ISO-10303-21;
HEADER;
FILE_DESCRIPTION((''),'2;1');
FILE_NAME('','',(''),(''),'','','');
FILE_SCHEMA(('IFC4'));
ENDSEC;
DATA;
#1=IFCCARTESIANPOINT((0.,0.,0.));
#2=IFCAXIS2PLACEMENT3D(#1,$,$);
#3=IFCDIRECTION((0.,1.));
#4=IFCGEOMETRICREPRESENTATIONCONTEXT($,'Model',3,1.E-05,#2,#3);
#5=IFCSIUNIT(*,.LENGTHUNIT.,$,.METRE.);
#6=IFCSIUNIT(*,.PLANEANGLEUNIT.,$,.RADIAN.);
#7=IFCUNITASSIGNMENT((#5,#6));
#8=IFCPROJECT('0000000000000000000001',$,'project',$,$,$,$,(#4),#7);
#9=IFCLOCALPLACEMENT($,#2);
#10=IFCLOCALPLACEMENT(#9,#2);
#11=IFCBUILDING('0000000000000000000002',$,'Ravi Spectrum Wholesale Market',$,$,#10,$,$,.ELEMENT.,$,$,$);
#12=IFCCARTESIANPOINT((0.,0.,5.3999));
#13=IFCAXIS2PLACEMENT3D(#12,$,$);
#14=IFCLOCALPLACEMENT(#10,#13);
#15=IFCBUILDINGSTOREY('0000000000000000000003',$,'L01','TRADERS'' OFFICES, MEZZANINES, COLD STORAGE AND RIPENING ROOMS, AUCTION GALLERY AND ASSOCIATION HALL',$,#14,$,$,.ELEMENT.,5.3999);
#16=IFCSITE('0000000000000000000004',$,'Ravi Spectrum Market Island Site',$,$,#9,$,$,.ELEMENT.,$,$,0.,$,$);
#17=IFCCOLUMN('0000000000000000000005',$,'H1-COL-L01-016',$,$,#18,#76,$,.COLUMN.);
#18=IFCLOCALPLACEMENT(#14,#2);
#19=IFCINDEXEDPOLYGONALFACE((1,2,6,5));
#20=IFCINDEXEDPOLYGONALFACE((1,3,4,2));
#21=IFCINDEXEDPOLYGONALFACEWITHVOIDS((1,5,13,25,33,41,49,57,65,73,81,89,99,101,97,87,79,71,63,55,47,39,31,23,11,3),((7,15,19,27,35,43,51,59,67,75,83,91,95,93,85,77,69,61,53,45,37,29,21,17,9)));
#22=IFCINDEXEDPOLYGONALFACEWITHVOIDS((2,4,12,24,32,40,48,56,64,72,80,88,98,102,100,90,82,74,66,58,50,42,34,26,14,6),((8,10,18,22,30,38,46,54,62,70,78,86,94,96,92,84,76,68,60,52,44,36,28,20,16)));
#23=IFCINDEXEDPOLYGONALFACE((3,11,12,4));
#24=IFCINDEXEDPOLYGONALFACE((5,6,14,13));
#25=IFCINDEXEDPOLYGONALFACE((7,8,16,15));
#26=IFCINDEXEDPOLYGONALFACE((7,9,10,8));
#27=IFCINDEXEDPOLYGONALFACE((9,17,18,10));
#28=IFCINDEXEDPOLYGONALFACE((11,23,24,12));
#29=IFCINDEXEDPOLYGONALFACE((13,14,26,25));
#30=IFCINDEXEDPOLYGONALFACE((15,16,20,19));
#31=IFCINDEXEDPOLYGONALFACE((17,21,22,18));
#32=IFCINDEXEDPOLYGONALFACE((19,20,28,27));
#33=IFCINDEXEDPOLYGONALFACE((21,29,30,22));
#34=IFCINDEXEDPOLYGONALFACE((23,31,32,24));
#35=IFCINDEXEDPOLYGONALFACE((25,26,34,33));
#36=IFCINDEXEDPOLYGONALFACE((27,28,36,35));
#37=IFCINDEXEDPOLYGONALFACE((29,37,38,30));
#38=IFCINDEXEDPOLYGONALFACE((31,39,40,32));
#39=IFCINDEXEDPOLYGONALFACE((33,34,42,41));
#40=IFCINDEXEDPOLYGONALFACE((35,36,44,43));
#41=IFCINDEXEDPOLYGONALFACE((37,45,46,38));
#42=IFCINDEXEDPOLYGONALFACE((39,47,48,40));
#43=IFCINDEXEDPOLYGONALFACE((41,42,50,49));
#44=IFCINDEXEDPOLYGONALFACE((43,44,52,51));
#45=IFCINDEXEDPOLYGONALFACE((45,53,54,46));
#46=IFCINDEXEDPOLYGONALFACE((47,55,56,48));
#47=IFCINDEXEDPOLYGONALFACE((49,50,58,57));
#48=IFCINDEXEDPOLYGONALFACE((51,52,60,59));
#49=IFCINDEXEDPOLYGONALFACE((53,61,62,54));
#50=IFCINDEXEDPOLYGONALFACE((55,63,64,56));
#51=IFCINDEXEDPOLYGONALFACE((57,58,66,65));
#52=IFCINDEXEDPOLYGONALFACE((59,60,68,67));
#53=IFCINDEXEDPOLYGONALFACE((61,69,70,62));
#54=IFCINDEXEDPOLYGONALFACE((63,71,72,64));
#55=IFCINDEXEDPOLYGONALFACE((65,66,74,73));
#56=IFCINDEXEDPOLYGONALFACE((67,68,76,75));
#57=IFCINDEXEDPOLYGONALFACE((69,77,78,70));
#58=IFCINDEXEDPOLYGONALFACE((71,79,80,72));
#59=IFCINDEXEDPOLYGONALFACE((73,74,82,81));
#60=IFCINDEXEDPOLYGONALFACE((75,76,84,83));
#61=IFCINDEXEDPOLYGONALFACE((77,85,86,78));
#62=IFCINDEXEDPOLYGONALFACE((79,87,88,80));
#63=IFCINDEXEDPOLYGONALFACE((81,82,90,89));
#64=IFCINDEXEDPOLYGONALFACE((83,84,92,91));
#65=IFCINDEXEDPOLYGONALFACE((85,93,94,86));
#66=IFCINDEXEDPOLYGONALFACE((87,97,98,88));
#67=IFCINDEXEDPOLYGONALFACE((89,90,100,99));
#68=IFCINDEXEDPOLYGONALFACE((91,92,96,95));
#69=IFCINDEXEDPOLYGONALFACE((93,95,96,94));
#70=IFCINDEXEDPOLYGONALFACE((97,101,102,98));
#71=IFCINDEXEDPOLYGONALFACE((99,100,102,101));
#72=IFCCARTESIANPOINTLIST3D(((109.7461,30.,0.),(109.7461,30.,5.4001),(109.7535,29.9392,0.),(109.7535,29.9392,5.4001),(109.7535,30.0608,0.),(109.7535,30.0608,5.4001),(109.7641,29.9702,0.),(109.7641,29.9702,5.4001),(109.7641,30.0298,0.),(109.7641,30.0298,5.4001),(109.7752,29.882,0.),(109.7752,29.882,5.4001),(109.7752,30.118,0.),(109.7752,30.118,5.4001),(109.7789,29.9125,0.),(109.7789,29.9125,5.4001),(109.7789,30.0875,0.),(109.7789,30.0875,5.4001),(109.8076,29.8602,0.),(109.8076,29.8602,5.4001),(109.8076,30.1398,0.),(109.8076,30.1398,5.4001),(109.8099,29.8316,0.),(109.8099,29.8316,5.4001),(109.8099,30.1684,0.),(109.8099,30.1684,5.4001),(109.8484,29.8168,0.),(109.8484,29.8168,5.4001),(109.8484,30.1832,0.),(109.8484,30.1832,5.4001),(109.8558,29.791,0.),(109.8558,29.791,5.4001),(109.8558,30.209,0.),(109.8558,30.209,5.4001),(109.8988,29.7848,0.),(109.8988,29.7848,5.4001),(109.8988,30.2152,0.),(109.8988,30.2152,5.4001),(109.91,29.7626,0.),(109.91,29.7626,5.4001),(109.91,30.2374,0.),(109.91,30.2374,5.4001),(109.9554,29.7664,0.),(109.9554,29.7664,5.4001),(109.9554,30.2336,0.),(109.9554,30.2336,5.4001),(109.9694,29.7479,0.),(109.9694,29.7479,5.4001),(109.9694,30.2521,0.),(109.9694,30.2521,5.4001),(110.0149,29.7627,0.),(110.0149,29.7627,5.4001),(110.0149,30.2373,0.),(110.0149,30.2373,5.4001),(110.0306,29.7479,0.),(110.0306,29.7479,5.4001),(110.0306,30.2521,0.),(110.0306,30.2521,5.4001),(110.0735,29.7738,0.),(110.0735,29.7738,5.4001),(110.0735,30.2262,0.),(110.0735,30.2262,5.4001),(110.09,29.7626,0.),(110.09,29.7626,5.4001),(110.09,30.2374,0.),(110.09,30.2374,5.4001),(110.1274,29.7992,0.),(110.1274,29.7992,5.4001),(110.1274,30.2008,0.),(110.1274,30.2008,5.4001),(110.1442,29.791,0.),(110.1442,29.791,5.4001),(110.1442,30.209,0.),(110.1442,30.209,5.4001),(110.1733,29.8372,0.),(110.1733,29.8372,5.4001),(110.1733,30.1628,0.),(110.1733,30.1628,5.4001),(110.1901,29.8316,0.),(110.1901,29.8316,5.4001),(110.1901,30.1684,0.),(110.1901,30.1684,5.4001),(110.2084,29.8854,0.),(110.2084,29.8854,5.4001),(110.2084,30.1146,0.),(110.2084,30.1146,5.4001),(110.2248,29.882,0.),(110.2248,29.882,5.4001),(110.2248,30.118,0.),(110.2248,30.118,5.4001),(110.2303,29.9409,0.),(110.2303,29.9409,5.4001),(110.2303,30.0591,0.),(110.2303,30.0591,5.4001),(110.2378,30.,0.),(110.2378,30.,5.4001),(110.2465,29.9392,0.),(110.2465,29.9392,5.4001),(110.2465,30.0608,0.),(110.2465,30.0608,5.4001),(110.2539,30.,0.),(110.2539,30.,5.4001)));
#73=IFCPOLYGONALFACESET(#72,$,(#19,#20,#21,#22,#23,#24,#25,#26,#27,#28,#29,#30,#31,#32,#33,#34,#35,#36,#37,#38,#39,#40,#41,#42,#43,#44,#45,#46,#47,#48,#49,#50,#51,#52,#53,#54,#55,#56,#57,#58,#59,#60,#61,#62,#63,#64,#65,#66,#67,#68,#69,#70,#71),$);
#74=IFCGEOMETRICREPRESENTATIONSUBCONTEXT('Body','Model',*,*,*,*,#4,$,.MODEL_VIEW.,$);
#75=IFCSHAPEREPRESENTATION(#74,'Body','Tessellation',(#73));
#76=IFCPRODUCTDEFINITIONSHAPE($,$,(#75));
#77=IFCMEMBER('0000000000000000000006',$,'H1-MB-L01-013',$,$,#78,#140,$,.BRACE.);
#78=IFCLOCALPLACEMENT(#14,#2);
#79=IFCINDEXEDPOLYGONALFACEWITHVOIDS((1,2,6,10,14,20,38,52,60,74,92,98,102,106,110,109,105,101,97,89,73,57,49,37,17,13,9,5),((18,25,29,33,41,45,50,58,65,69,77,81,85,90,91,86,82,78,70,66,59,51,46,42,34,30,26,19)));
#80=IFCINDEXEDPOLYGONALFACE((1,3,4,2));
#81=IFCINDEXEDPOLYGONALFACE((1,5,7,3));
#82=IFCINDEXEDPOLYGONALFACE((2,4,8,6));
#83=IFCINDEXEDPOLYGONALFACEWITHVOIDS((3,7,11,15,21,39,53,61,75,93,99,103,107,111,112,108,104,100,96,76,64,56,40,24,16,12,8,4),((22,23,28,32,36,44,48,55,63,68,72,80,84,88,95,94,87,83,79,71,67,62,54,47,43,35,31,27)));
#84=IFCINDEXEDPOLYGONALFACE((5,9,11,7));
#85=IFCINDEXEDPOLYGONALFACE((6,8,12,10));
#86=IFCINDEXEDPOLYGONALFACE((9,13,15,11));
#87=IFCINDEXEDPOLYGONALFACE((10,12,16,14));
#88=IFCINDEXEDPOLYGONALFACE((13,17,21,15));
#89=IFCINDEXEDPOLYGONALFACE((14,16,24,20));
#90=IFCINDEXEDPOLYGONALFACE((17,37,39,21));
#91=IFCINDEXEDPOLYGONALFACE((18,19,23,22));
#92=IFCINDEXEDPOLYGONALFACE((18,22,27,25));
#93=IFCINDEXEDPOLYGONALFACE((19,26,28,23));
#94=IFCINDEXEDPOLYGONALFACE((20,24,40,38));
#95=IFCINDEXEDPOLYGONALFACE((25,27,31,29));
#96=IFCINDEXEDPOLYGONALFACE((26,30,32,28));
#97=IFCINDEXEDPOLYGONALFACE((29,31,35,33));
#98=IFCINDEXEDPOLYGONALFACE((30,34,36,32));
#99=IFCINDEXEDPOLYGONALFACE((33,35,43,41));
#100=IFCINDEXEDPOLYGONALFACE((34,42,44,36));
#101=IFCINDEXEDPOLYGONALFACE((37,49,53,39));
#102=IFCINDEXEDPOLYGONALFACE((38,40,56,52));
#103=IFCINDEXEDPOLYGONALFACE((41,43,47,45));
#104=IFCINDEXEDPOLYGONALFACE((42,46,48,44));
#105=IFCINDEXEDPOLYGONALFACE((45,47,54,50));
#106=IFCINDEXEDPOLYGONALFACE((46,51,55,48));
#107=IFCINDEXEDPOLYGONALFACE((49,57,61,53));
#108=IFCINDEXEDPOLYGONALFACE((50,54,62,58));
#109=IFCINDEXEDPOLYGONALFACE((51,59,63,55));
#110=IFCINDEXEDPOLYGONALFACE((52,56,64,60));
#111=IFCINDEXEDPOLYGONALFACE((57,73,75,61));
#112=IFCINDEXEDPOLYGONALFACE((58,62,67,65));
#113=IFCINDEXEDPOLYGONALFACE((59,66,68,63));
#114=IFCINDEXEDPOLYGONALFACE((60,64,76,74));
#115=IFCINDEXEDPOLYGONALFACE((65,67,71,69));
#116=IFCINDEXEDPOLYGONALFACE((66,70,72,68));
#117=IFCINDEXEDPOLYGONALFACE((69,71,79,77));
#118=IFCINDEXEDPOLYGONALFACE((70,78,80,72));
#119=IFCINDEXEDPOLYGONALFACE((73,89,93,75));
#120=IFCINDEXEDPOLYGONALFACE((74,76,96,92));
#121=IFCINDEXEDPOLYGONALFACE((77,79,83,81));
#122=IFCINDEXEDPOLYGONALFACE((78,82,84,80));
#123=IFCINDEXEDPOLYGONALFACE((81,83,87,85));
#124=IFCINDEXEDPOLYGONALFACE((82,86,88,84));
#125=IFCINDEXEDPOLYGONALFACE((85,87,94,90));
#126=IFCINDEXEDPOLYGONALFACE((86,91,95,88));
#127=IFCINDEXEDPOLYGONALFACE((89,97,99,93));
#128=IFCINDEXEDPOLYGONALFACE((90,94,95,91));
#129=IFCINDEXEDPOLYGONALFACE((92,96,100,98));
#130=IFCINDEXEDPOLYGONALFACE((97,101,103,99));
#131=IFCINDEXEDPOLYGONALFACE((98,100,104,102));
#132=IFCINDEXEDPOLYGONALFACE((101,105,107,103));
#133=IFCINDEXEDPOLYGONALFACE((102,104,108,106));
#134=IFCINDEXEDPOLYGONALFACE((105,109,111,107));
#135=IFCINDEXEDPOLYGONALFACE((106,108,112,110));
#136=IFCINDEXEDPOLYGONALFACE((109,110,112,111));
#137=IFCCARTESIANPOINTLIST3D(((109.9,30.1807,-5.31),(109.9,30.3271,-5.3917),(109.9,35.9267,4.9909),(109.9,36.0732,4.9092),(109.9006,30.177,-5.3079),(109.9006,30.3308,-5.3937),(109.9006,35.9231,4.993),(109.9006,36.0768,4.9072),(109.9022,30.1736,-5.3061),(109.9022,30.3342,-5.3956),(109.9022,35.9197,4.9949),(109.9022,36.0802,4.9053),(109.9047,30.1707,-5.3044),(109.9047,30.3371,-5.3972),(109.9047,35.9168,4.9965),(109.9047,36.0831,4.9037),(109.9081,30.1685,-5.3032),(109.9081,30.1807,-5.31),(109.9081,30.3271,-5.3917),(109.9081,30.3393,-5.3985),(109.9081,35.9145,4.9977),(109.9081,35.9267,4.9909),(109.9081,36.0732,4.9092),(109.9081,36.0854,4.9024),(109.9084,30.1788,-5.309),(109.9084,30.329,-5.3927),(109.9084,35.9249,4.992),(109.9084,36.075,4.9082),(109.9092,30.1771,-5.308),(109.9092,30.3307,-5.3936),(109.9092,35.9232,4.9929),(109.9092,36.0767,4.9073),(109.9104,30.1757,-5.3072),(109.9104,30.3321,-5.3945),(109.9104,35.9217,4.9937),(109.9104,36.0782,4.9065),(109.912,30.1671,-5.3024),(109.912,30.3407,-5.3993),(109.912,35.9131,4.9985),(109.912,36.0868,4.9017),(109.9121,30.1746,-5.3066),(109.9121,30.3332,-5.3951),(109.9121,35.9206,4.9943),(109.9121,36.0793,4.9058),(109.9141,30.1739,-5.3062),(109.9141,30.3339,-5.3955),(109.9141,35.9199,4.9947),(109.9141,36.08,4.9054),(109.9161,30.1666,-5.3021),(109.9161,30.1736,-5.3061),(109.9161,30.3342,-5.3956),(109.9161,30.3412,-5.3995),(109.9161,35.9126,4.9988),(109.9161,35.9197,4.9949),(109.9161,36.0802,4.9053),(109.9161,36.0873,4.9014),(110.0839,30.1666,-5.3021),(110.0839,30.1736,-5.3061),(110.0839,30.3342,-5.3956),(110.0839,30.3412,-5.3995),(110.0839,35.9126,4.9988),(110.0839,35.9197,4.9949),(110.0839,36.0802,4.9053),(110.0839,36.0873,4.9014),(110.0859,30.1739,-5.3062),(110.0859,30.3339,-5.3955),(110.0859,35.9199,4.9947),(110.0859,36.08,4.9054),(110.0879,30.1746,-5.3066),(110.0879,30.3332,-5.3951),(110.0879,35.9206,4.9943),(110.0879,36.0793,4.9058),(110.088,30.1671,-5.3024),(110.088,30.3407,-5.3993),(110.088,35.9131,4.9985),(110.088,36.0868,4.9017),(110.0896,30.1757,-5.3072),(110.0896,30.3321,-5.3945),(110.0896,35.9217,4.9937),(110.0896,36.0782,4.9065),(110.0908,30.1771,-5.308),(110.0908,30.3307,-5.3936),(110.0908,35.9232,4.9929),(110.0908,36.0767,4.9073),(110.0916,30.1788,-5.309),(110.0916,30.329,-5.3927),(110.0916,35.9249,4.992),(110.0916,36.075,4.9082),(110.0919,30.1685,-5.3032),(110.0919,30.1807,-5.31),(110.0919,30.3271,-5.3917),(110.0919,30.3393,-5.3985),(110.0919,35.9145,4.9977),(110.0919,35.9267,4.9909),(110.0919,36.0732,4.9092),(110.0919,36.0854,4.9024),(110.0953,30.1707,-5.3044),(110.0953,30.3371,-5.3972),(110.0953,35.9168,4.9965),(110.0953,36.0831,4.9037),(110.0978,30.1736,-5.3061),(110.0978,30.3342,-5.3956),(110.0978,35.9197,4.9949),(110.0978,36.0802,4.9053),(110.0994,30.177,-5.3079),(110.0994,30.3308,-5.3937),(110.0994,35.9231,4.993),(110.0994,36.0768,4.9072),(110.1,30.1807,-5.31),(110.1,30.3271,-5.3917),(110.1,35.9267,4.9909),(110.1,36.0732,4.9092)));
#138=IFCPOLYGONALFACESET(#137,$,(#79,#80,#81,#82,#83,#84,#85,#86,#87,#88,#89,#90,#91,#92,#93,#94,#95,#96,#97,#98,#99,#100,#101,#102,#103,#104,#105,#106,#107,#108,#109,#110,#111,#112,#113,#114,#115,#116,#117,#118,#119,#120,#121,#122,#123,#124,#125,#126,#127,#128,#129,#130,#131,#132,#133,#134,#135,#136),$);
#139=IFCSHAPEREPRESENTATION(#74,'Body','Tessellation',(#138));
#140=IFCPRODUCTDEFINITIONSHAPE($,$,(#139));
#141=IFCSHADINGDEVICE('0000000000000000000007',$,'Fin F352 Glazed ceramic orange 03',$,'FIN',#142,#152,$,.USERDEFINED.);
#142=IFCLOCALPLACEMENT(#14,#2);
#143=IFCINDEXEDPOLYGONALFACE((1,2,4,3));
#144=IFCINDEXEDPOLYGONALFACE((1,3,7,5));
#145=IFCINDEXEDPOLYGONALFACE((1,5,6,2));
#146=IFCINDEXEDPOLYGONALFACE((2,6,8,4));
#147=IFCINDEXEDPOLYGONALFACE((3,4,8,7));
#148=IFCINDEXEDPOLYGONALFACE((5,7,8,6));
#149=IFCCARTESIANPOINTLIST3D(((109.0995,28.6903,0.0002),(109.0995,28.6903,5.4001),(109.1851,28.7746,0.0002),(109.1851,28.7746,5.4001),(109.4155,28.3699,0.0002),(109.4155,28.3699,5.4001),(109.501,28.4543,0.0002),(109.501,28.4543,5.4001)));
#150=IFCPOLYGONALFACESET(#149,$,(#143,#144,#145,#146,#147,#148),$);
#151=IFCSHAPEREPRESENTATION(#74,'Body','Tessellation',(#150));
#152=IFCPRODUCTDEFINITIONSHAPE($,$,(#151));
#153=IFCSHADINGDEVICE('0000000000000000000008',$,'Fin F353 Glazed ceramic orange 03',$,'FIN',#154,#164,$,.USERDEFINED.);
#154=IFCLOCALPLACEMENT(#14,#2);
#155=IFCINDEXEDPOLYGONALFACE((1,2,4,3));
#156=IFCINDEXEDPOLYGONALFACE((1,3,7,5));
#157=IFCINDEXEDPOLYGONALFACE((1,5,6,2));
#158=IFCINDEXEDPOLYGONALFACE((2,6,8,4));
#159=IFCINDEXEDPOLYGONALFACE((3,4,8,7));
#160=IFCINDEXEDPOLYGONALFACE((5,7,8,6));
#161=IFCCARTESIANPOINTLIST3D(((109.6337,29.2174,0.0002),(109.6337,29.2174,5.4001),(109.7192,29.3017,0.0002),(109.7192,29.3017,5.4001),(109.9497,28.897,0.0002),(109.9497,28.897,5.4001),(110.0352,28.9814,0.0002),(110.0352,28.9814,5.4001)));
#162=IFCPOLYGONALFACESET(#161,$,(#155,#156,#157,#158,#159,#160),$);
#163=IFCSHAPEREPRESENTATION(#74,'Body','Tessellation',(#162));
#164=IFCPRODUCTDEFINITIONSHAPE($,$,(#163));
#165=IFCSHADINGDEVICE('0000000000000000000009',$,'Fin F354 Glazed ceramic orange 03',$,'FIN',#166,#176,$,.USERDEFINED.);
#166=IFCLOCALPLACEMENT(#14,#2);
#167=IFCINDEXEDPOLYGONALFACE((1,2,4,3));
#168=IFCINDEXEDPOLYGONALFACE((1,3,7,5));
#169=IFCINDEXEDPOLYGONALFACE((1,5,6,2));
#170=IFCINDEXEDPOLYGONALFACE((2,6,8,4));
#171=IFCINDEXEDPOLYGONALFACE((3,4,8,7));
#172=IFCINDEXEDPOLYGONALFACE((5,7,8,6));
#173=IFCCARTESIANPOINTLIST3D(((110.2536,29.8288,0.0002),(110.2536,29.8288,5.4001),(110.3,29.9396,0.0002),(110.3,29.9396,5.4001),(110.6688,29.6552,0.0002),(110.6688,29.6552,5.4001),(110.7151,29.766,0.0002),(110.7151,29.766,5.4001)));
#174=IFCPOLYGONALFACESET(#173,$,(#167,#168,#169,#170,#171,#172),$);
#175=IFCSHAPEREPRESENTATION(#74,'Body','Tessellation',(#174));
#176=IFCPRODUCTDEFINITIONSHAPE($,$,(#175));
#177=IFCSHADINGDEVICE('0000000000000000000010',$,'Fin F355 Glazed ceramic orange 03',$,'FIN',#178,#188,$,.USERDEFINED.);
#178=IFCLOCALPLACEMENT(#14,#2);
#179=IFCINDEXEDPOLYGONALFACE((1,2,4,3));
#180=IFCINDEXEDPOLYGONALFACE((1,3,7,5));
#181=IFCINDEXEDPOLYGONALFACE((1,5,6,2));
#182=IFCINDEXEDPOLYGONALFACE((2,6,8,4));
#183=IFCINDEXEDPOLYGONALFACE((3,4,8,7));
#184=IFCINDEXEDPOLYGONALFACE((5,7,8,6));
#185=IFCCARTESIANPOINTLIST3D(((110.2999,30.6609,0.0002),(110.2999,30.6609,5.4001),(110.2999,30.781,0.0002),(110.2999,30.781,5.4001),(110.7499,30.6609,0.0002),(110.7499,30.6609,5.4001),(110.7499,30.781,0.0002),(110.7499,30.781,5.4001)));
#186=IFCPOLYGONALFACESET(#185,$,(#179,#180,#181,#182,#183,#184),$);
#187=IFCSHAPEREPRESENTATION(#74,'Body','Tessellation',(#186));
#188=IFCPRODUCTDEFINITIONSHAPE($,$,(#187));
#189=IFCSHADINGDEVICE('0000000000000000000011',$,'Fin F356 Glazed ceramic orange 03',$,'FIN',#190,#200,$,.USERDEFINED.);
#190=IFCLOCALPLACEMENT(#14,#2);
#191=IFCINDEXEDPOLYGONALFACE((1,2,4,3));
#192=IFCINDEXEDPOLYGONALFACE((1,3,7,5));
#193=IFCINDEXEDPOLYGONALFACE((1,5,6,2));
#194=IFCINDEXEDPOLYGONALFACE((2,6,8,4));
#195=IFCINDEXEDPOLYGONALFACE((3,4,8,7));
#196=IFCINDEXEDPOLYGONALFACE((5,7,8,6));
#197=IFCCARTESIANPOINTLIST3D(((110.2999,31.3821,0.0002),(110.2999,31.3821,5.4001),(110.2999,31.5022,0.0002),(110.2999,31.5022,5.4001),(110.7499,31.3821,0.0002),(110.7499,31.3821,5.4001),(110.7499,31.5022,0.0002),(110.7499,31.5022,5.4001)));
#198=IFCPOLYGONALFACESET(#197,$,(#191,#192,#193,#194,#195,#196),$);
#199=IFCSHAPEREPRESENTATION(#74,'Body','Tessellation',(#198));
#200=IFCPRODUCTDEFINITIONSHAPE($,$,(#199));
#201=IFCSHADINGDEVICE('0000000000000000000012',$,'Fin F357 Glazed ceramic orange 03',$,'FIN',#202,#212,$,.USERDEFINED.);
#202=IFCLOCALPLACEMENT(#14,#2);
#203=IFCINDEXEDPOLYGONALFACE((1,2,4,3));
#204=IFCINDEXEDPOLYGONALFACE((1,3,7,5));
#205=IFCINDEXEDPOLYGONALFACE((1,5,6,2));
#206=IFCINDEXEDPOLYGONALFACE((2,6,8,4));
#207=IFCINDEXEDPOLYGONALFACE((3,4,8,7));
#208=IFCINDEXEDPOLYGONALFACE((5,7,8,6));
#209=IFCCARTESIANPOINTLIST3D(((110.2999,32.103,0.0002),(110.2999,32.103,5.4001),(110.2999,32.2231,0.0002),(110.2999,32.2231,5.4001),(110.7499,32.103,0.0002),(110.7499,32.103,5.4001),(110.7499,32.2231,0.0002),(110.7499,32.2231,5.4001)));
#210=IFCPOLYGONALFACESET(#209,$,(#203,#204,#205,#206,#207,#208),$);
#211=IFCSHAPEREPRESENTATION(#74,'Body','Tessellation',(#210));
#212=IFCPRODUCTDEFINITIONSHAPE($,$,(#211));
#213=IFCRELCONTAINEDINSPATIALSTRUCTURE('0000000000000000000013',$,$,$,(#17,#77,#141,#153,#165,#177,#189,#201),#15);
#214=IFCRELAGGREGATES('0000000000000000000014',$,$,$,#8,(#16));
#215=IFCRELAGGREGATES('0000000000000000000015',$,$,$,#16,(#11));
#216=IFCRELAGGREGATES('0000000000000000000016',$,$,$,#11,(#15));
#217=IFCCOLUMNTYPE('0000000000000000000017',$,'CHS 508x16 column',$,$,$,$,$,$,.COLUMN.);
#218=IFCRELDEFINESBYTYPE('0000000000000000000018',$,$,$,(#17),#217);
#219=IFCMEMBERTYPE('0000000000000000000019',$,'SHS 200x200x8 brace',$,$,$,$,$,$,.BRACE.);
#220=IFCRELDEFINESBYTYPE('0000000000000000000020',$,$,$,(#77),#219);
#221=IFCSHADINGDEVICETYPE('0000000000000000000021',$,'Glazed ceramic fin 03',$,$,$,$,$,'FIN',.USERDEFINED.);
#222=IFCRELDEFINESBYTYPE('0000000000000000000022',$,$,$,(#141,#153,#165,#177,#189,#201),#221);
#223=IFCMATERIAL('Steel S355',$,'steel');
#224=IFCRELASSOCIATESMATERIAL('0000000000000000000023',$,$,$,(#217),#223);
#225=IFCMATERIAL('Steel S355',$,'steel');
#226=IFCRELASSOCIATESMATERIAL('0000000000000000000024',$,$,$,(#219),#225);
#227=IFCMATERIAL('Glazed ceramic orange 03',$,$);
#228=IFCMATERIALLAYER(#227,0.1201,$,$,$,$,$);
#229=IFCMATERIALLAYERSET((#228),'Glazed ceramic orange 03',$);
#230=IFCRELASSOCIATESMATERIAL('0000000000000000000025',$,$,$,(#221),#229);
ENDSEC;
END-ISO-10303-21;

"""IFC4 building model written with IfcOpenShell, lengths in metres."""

from ifc_helpers import new_model, si_unit, direction, frame, origin, origin_2d, place, context, subcontext, project, spatial, rectangle, hollow_rectangle, hollow_circle, extrude, material, layer, layer_set, material_profile, profile_set, type_object, element, save


model = new_model("IFC4")

# Units and contexts
model_context = context("Model", 3, precision=1e-05, world=origin(), true_north=direction((0.0, 1.0)))
body_context = subcontext(model_context, "Body", "Model", "MODEL_VIEW")
ifc_project = project(units=[si_unit("LENGTHUNIT", "METRE"), si_unit("PLANEANGLEUNIT", "RADIAN")], contexts=[model_context])

# Site, building, storey
site_placement = place(None, origin())
site = spatial("IfcSite", under=ifc_project, at=site_placement, Name="Ravi Spectrum Market Island Site", CompositionType="ELEMENT", RefElevation=0.0)
building_placement = place(site_placement, origin())
building = spatial("IfcBuilding", under=site, at=building_placement, Name="Ravi Spectrum Wholesale Market", CompositionType="ELEMENT")
storey_placement = place(building_placement, frame((0.0, 0.0, 5.3999)))
storey = spatial("IfcBuildingStorey", under=building, at=storey_placement, Name="L01", Description="TRADERS' OFFICES, MEZZANINES, COLD STORAGE AND RIPENING ROOMS, AUCTION GALLERY AND ASSOCIATION HALL", CompositionType="ELEMENT", Elevation=5.3999)

# Column
ifc_material_1 = material(Name="Steel S355", Category="steel")
ifc_material_profile_1 = material_profile(ifc_material_1, hollow_circle(Radius=0.2539, WallThickness=0.0161, at=origin_2d()))
ifc_profile_set_1 = profile_set([ifc_material_profile_1], Name="Steel S355")
column_type = type_object("IfcColumnType", Name="CHS 508x16 column", PredefinedType="COLUMN", material=ifc_profile_set_1)
column_placement = place(storey_placement, frame((110.0, 30.0, 0.0), z_axis=(0.0, 0.0, 1.0), x_axis=(1.0, 0.0, 0.0)))
element("IfcColumn", 1, at=column_placement, inside=storey, type_object=column_type, Name="H1-COL-L01-016", PredefinedType="COLUMN", context=body_context, shape_type="SweptSolid", body=[
    extrude(hollow_circle(Radius=0.2539, WallThickness=0.0161, at=origin_2d()), origin(), (0.0, 0.0, 1.0), 5.4001),
])

# Member
ifc_material_2 = material(Name="Steel S355", Category="steel")
ifc_material_profile_2 = material_profile(ifc_material_2, hollow_rectangle(XDim=0.2, YDim=0.2, WallThickness=0.0081, InnerFilletRadius=0.0081, OuterFilletRadius=0.0161, at=origin_2d()))
ifc_profile_set_2 = profile_set([ifc_material_profile_2], Name="Steel S355")
member_type = type_object("IfcMemberType", Name="SHS 200x200x8 brace", PredefinedType="BRACE", material=ifc_profile_set_2)
member_placement = place(storey_placement, frame((110.0, 30.2539, -5.3508), z_axis=(0.0, 0.487152, 0.873317), x_axis=(-1.0, 0.0, 0.0)))
element("IfcMember", 2, at=member_placement, inside=storey, type_object=member_type, Name="H1-MB-L01-013", PredefinedType="BRACE", context=body_context, shape_type="SweptSolid", body=[
    extrude(hollow_rectangle(XDim=0.2, YDim=0.2, WallThickness=0.0081, InnerFilletRadius=0.0081, OuterFilletRadius=0.0161, at=origin_2d()), origin(), (0.0, 0.0, 1.0), 11.7952),
])

# Shading devices
ifc_material_3 = material(Name="Glazed ceramic orange 03")
ifc_layer = layer(ifc_material_3, 0.1201)
ifc_layer_set = layer_set([ifc_layer], Name="Glazed ceramic orange 03")
shading_device_type = type_object("IfcShadingDeviceType", Name="Glazed ceramic fin 03", ElementType="FIN", PredefinedType="USERDEFINED", material=ifc_layer_set)
for number, where, z_axis, x_axis, name in (
    (3, (109.3003, 28.5723, 0.0002), (0.0, 0.0, 1.0), (0.711925, 0.702256, 0.0), "Fin F352 Glazed ceramic orange 03"),
    (4, (109.8345, 29.0994, 0.0002), (0.0, 0.0, 1.0), (0.711925, 0.702256, 0.0), "Fin F353 Glazed ceramic orange 03"),
    (5, (110.4844, 29.7974, 0.0002), (0.0, 0.0, 1.0), (0.38584, 0.922566, 0.0), "Fin F354 Glazed ceramic orange 03"),
    (6, (110.5249, 30.7209, 0.0002), (0.0, 0.0, 1.0), (0.0, 1.0, 0.0), "Fin F355 Glazed ceramic orange 03"),
    (7, (110.5249, 31.4421, 0.0002), (0.0, 0.0, 1.0), (0.0, 1.0, 0.0), "Fin F356 Glazed ceramic orange 03"),
    (8, (110.5249, 32.1631, 0.0002), (0.0, 0.0, 1.0), (0.0, 1.0, 0.0), "Fin F357 Glazed ceramic orange 03"),
):
    element("IfcShadingDevice", number, at=place(storey_placement, frame(where, z_axis=z_axis, x_axis=x_axis)), inside=storey, type_object=shading_device_type, Name=name, ObjectType="FIN", PredefinedType="USERDEFINED", context=body_context, shape_type="SweptSolid", body=[
        extrude(rectangle(XDim=0.1201, YDim=0.45, at=origin_2d()), origin(), (0.0, 0.0, 1.0), 5.3999),
    ])

save(model, "model.ifc")
